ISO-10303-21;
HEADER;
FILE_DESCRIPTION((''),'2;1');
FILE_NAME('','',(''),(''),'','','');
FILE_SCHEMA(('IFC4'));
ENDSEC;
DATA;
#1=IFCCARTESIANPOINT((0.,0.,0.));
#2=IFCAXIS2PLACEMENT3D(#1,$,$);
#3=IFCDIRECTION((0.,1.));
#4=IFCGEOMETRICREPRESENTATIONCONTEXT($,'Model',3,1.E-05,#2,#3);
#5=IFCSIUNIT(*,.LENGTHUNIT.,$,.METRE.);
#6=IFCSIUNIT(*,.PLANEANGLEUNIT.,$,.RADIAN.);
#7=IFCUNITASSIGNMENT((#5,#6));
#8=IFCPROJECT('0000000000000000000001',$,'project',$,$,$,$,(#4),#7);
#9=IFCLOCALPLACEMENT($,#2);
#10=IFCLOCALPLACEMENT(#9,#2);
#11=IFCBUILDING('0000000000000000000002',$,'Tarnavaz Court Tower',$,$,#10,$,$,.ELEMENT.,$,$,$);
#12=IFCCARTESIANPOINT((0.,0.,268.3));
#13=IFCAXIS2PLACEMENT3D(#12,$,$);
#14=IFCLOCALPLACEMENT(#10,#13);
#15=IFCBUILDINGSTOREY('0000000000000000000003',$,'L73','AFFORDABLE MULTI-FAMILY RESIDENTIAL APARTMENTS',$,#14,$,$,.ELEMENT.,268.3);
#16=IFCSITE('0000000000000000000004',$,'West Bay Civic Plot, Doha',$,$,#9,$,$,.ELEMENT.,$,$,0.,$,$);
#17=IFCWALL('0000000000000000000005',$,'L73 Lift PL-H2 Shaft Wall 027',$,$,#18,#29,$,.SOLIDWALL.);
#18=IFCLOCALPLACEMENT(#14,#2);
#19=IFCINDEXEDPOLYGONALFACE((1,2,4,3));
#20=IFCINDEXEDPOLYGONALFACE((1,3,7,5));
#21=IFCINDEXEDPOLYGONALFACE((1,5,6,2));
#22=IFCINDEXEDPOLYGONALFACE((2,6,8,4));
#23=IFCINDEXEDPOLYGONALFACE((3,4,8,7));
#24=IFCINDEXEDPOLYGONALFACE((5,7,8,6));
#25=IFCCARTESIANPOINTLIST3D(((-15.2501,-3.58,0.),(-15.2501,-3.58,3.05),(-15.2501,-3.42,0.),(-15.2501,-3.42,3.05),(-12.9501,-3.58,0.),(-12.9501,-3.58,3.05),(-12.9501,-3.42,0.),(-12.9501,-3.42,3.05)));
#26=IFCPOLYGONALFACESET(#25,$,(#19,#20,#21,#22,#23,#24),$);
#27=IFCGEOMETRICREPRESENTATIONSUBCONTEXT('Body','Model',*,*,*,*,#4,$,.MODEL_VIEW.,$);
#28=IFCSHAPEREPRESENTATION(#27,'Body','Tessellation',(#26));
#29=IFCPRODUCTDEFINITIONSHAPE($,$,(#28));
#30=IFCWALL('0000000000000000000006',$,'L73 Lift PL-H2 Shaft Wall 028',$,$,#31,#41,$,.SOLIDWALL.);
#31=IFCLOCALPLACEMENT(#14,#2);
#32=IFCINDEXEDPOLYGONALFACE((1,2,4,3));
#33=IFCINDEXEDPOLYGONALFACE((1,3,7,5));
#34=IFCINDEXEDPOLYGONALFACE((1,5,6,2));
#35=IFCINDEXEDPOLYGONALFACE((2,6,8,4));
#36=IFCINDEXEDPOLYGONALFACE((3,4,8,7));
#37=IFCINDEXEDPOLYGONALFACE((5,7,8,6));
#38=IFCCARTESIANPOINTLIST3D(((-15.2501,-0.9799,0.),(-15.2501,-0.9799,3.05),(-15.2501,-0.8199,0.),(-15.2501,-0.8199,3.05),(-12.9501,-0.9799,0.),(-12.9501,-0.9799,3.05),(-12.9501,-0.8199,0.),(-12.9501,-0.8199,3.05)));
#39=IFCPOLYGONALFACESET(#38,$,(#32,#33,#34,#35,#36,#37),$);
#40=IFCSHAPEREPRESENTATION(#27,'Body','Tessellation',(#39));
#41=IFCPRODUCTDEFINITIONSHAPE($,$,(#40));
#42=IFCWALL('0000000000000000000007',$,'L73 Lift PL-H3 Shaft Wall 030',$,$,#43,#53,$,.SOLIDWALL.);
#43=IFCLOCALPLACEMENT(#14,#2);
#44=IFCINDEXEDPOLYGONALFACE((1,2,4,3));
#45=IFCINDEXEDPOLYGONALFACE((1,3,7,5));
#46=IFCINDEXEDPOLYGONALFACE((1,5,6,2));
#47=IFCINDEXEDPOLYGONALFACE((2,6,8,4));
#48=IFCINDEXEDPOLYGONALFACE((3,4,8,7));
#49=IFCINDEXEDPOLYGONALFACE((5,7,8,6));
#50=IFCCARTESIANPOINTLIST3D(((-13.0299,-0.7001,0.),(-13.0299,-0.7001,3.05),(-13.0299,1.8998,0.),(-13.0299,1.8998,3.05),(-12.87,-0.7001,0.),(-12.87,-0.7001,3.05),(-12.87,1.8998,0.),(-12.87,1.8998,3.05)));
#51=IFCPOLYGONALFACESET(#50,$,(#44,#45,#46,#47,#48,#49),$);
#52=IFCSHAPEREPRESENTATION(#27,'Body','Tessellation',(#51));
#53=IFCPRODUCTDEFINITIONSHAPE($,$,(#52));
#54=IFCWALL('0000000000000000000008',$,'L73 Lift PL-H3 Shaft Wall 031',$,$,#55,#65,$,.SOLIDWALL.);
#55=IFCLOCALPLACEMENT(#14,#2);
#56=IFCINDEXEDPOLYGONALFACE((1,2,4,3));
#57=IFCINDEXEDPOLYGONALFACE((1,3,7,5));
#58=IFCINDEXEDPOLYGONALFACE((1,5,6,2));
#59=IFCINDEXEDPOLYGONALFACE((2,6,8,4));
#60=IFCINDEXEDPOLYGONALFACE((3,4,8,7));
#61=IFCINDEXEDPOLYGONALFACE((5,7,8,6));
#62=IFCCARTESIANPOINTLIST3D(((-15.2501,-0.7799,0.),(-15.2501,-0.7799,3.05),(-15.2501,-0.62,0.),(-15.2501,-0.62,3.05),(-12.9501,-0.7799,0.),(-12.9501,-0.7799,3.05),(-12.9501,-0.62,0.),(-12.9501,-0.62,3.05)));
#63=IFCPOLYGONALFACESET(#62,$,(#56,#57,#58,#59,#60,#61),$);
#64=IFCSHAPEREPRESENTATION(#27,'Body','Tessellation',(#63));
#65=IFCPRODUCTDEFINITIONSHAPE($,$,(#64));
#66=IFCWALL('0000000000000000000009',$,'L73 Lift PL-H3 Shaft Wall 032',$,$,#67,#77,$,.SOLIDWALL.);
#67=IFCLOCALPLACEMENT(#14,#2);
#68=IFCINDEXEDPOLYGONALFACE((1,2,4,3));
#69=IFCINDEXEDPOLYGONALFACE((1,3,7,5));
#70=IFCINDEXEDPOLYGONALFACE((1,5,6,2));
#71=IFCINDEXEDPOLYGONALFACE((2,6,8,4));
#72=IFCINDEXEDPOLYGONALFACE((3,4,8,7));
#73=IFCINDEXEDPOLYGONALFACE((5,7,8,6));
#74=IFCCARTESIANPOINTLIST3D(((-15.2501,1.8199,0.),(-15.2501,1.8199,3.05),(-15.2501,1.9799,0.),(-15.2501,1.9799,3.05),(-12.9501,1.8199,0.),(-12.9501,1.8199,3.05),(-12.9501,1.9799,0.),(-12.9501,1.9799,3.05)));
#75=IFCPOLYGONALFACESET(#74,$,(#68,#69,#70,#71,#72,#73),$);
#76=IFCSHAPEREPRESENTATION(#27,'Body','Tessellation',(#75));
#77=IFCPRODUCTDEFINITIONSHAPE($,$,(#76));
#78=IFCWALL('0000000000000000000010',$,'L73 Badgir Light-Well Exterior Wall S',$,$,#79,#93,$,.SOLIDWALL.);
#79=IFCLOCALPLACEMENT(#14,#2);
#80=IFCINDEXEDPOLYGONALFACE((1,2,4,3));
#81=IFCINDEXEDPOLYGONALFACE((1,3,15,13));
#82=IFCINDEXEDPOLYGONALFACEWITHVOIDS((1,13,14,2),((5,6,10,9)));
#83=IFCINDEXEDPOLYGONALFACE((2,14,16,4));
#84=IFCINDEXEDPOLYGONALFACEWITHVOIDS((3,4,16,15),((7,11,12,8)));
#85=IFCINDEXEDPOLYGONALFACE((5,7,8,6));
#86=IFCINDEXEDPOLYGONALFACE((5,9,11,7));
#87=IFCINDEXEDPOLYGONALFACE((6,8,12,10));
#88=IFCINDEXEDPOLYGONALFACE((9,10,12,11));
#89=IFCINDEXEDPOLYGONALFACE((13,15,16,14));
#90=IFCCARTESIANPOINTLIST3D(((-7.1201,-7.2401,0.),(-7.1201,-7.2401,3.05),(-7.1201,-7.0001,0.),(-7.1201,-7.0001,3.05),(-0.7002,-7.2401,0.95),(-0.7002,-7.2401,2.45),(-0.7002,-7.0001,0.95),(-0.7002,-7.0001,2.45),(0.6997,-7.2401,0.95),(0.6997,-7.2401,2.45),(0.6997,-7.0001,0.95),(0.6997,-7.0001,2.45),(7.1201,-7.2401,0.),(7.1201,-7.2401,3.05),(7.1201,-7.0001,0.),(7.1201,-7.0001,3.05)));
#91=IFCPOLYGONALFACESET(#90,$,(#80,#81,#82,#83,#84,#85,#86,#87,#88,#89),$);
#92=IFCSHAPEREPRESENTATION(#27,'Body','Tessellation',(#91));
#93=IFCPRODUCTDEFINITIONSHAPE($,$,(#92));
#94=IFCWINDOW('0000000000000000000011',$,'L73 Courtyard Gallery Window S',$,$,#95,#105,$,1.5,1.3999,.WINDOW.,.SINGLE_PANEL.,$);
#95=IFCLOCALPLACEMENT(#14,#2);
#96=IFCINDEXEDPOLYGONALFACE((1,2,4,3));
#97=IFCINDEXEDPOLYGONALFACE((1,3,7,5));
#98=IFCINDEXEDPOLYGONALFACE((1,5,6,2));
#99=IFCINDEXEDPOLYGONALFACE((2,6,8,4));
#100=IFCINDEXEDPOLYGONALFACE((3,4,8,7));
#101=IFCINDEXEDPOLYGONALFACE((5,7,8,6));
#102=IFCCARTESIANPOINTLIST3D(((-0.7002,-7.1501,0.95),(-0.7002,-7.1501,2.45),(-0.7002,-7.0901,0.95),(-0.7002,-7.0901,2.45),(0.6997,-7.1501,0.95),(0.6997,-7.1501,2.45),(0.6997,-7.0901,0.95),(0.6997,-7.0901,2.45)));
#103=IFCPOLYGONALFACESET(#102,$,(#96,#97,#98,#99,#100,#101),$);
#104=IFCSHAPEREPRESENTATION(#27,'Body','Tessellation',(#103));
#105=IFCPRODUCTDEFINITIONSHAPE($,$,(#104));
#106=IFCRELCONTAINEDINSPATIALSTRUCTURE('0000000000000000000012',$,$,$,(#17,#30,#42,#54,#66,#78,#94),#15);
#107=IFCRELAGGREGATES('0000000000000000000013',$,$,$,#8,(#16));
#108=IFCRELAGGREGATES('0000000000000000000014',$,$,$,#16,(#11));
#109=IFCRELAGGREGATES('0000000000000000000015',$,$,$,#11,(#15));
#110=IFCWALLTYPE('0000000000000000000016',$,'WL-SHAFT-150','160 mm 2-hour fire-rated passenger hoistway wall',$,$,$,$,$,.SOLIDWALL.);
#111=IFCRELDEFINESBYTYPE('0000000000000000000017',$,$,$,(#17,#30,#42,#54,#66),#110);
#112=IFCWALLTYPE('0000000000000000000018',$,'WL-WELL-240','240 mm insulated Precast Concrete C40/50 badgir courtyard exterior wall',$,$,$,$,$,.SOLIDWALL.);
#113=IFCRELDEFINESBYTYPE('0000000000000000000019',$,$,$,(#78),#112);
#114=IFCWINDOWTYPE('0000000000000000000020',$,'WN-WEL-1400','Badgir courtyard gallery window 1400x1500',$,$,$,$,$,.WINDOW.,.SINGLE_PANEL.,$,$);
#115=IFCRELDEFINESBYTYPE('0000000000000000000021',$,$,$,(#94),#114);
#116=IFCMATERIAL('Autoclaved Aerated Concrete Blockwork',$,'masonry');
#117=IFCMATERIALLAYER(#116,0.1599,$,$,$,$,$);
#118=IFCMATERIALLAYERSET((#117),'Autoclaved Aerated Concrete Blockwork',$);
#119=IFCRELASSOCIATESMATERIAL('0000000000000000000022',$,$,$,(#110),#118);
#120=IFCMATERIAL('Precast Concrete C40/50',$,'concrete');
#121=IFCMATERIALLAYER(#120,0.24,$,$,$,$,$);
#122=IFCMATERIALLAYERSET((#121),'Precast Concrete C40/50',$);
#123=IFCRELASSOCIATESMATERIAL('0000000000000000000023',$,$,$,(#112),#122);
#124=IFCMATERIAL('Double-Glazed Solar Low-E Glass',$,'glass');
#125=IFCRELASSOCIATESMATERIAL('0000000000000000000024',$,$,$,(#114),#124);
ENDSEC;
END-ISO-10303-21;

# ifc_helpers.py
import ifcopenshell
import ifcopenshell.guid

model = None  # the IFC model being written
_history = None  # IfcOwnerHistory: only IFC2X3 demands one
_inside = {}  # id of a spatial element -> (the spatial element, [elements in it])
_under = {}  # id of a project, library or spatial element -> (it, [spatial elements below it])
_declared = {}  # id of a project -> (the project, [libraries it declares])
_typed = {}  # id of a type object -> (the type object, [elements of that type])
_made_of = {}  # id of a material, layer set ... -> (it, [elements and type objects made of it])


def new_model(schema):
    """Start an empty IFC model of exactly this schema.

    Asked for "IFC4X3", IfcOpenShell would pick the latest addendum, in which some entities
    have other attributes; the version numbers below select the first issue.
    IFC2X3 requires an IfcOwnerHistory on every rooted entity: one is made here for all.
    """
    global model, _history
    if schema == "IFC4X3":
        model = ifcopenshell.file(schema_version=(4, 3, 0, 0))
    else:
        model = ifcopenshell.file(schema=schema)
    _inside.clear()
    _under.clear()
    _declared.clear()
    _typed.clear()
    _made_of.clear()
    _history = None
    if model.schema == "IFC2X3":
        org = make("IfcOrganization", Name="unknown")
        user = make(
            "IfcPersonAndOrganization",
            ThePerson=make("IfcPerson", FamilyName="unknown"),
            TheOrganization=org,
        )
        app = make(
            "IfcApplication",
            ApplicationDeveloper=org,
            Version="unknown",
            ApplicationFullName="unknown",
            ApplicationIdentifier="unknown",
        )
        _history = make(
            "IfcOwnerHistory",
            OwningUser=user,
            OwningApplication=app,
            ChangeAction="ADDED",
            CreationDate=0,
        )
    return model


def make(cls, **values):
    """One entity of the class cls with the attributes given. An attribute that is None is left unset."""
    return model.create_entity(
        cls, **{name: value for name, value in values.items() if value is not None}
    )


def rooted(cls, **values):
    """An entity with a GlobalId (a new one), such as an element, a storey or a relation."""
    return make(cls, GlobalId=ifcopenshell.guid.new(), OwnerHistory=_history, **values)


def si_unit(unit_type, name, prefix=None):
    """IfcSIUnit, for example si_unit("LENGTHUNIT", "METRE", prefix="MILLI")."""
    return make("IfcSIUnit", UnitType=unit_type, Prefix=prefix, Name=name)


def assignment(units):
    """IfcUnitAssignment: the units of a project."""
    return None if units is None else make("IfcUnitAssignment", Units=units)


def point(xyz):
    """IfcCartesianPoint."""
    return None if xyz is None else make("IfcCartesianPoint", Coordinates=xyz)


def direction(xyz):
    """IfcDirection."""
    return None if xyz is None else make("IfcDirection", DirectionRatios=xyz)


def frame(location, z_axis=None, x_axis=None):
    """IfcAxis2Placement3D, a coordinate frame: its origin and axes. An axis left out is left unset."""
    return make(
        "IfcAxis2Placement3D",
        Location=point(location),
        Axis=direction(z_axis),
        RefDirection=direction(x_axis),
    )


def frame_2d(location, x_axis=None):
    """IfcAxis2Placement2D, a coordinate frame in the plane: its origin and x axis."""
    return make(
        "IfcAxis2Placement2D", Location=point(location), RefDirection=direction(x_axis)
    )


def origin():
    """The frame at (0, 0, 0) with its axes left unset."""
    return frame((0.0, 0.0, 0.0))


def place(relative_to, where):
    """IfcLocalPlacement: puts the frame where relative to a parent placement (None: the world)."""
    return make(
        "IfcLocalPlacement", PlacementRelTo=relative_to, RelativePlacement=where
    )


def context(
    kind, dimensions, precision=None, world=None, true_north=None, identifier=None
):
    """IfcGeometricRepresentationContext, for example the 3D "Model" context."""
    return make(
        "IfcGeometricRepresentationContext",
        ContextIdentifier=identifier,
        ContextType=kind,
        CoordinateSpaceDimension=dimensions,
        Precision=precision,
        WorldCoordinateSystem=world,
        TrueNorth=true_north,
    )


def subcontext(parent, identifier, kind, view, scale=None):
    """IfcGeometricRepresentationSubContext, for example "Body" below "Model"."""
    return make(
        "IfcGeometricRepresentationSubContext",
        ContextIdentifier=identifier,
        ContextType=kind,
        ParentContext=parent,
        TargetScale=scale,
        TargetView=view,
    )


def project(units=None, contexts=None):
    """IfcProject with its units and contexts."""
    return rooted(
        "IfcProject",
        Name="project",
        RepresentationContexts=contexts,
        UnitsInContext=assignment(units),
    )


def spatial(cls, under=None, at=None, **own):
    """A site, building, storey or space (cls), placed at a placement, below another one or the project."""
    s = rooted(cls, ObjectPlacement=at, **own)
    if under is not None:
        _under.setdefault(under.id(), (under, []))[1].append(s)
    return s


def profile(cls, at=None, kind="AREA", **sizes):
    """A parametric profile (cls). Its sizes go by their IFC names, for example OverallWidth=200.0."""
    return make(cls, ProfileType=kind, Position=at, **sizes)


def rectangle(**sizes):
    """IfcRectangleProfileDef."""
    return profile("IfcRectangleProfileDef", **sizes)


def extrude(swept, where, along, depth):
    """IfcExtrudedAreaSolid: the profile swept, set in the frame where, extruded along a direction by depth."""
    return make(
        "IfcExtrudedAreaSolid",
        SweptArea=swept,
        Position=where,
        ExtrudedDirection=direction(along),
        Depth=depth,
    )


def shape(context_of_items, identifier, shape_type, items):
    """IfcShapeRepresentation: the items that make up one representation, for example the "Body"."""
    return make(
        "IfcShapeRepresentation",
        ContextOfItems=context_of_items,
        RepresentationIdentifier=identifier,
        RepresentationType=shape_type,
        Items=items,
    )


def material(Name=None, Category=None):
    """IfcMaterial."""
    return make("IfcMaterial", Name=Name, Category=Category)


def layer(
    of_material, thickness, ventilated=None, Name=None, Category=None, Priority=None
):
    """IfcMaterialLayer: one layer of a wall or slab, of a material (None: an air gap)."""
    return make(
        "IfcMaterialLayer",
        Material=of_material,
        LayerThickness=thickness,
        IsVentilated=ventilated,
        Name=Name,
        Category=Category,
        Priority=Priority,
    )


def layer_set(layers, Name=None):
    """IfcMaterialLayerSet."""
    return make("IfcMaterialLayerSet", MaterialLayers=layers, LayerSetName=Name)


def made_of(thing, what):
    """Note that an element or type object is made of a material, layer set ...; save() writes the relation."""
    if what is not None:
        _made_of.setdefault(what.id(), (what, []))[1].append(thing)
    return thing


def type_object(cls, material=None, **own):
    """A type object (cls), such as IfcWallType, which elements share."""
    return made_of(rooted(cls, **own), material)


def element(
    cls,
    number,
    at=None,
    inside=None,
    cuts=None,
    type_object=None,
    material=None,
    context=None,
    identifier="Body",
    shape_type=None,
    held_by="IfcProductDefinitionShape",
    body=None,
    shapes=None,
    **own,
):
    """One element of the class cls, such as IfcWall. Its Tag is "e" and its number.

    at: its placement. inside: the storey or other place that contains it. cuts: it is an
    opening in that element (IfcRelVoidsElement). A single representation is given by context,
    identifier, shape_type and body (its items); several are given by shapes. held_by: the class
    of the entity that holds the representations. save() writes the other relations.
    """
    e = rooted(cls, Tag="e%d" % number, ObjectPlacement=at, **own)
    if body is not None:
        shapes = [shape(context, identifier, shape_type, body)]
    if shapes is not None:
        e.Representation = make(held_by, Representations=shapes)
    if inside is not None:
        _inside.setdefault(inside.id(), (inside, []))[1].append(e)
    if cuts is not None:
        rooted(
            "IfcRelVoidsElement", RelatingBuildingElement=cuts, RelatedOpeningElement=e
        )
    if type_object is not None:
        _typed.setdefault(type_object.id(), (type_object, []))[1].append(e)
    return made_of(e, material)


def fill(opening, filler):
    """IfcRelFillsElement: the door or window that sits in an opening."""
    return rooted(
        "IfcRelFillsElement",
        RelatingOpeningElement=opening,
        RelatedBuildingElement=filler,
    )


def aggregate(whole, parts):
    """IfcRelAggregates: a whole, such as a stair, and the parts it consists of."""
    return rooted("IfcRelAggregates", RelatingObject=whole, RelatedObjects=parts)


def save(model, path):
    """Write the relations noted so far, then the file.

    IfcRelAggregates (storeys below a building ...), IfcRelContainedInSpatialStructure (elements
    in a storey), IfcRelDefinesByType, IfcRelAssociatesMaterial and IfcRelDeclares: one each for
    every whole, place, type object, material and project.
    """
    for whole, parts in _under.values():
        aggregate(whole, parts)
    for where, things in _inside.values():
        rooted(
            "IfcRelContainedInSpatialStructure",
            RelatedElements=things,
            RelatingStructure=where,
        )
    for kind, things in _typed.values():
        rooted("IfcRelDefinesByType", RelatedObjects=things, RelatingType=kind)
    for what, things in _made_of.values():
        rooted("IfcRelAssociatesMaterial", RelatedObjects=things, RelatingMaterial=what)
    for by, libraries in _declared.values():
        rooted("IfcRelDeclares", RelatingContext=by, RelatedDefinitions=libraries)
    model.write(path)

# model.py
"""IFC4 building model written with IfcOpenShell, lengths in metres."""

from ifc_helpers import new_model, si_unit, direction, frame, frame_2d, origin, place, context, subcontext, project, spatial, rectangle, extrude, material, layer, layer_set, type_object, element, fill, save


model = new_model("IFC4")

# Units and contexts
model_context = context("Model", 3, precision=1e-05, world=origin(), true_north=direction((0.0, 1.0)))
body_context = subcontext(model_context, "Body", "Model", "MODEL_VIEW")
ifc_project = project(units=[si_unit("LENGTHUNIT", "METRE"), si_unit("PLANEANGLEUNIT", "RADIAN")], contexts=[model_context])

# Site, building, storey
site_placement = place(None, origin())
site = spatial("IfcSite", under=ifc_project, at=site_placement, Name="West Bay Civic Plot, Doha", CompositionType="ELEMENT", RefElevation=0.0)
building_placement = place(site_placement, origin())
building = spatial("IfcBuilding", under=site, at=building_placement, Name="Tarnavaz Court Tower", CompositionType="ELEMENT")
storey_placement = place(building_placement, frame((0.0, 0.0, 268.3)))
storey = spatial("IfcBuildingStorey", under=building, at=storey_placement, Name="L73", Description="AFFORDABLE MULTI-FAMILY RESIDENTIAL APARTMENTS", CompositionType="ELEMENT", Elevation=268.3)

# Shared definitions
ifc_material_1 = material(Name="Autoclaved Aerated Concrete Blockwork", Category="masonry")
ifc_layer_1 = layer(ifc_material_1, 0.1599)
ifc_layer_set_1 = layer_set([ifc_layer_1], Name="Autoclaved Aerated Concrete Blockwork")
wall_type_1 = type_object("IfcWallType", Name="WL-SHAFT-150", Description="160 mm 2-hour fire-rated passenger hoistway wall", PredefinedType="SOLIDWALL", material=ifc_layer_set_1)

# Walls
for number, where, z_axis, x_axis, name in (
    (1, (-15.25, -3.5, 0.0), (0.0, 0.0, 1.0), (1.0, 0.0, 0.0), "L73 Lift PL-H2 Shaft Wall 027"),
    (2, (-15.25, -0.8999, 0.0), (0.0, 0.0, 1.0), (1.0, 0.0, 0.0), "L73 Lift PL-H2 Shaft Wall 028"),
):
    element("IfcWall", number, at=place(storey_placement, frame(where, z_axis=z_axis, x_axis=x_axis)), inside=storey, type_object=wall_type_1, Name=name, PredefinedType="SOLIDWALL", context=body_context, shape_type="SweptSolid", body=[
        extrude(rectangle(XDim=2.3, YDim=0.1599, at=frame_2d((1.1499, 0.0))), origin(), (0.0, 0.0, 1.0), 3.05),
    ])

# Walls
wall_1_placement = place(storey_placement, frame((-12.95, -0.7, 0.0), z_axis=(0.0, 0.0, 1.0), x_axis=(0.0, 1.0, 0.0)))
element("IfcWall", 3, at=wall_1_placement, inside=storey, type_object=wall_type_1, Name="L73 Lift PL-H3 Shaft Wall 030", PredefinedType="SOLIDWALL", context=body_context, shape_type="SweptSolid", body=[
    extrude(rectangle(XDim=2.5999, YDim=0.1599, at=frame_2d((1.2998, 0.0))), origin(), (0.0, 0.0, 1.0), 3.05),
])
for number, where, z_axis, x_axis, name in (
    (4, (-15.25, -0.7, 0.0), (0.0, 0.0, 1.0), (1.0, 0.0, 0.0), "L73 Lift PL-H3 Shaft Wall 031"),
    (5, (-15.25, 1.8999, 0.0), (0.0, 0.0, 1.0), (1.0, 0.0, 0.0), "L73 Lift PL-H3 Shaft Wall 032"),
):
    element("IfcWall", number, at=place(storey_placement, frame(where, z_axis=z_axis, x_axis=x_axis)), inside=storey, type_object=wall_type_1, Name=name, PredefinedType="SOLIDWALL", context=body_context, shape_type="SweptSolid", body=[
        extrude(rectangle(XDim=2.3, YDim=0.1599, at=frame_2d((1.1499, 0.0))), origin(), (0.0, 0.0, 1.0), 3.05),
    ])

# Wall, opening, window
ifc_material_2 = material(Name="Precast Concrete C40/50", Category="concrete")
ifc_layer_2 = layer(ifc_material_2, 0.24)
ifc_layer_set_2 = layer_set([ifc_layer_2], Name="Precast Concrete C40/50")
wall_type_2 = type_object("IfcWallType", Name="WL-WELL-240", Description="240 mm insulated Precast Concrete C40/50 badgir courtyard exterior wall", PredefinedType="SOLIDWALL", material=ifc_layer_set_2)
wall_2_placement = place(storey_placement, frame((-7.1201, -7.1201, 0.0), z_axis=(0.0, 0.0, 1.0), x_axis=(1.0, 0.0, 0.0)))
wall_2 = element("IfcWall", 6, at=wall_2_placement, inside=storey, type_object=wall_type_2, Name="L73 Badgir Light-Well Exterior Wall S", PredefinedType="SOLIDWALL", context=body_context, shape_type="SweptSolid", body=[
    extrude(rectangle(XDim=14.2402, YDim=0.24, at=frame_2d((7.1201, 0.0))), origin(), (0.0, 0.0, 1.0), 3.05),
])
opening_1_placement = place(wall_2_placement, frame((6.4199, 0.0, 0.95)))
opening_1 = element("IfcOpeningElement", 7, at=opening_1_placement, cuts=wall_2, PredefinedType="OPENING", context=body_context, shape_type="SweptSolid", body=[
    extrude(rectangle(XDim=1.3999, YDim=1.5, at=frame_2d((0.7, 0.75))), frame((0.0, 0.1299, 0.0), z_axis=(0.0, -1.0, 0.0), x_axis=(1.0, 0.0, 0.0)), (0.0, 0.0, 1.0), 0.26),
])
ifc_material_3 = material(Name="Double-Glazed Solar Low-E Glass", Category="glass")
window_type = type_object("IfcWindowType", Name="WN-WEL-1400", Description="Badgir courtyard gallery window 1400x1500", PartitioningType="SINGLE_PANEL", PredefinedType="WINDOW", material=ifc_material_3)
window_placement = place(opening_1_placement, origin())
window = element("IfcWindow", 8, at=window_placement, inside=storey, type_object=window_type, Name="L73 Courtyard Gallery Window S", OverallHeight=1.5, OverallWidth=1.3999, PartitioningType="SINGLE_PANEL", PredefinedType="WINDOW", context=body_context, shape_type="SweptSolid", body=[
    extrude(rectangle(XDim=1.3999, YDim=1.5, at=frame_2d((0.7, 0.75))), frame((0.0, 0.03, 0.0), z_axis=(0.0, -1.0, 0.0), x_axis=(1.0, 0.0, 0.0)), (0.0, 0.0, 1.0), 0.0601),
])
fill(opening_1, window)

save(model, "model.ifc")
